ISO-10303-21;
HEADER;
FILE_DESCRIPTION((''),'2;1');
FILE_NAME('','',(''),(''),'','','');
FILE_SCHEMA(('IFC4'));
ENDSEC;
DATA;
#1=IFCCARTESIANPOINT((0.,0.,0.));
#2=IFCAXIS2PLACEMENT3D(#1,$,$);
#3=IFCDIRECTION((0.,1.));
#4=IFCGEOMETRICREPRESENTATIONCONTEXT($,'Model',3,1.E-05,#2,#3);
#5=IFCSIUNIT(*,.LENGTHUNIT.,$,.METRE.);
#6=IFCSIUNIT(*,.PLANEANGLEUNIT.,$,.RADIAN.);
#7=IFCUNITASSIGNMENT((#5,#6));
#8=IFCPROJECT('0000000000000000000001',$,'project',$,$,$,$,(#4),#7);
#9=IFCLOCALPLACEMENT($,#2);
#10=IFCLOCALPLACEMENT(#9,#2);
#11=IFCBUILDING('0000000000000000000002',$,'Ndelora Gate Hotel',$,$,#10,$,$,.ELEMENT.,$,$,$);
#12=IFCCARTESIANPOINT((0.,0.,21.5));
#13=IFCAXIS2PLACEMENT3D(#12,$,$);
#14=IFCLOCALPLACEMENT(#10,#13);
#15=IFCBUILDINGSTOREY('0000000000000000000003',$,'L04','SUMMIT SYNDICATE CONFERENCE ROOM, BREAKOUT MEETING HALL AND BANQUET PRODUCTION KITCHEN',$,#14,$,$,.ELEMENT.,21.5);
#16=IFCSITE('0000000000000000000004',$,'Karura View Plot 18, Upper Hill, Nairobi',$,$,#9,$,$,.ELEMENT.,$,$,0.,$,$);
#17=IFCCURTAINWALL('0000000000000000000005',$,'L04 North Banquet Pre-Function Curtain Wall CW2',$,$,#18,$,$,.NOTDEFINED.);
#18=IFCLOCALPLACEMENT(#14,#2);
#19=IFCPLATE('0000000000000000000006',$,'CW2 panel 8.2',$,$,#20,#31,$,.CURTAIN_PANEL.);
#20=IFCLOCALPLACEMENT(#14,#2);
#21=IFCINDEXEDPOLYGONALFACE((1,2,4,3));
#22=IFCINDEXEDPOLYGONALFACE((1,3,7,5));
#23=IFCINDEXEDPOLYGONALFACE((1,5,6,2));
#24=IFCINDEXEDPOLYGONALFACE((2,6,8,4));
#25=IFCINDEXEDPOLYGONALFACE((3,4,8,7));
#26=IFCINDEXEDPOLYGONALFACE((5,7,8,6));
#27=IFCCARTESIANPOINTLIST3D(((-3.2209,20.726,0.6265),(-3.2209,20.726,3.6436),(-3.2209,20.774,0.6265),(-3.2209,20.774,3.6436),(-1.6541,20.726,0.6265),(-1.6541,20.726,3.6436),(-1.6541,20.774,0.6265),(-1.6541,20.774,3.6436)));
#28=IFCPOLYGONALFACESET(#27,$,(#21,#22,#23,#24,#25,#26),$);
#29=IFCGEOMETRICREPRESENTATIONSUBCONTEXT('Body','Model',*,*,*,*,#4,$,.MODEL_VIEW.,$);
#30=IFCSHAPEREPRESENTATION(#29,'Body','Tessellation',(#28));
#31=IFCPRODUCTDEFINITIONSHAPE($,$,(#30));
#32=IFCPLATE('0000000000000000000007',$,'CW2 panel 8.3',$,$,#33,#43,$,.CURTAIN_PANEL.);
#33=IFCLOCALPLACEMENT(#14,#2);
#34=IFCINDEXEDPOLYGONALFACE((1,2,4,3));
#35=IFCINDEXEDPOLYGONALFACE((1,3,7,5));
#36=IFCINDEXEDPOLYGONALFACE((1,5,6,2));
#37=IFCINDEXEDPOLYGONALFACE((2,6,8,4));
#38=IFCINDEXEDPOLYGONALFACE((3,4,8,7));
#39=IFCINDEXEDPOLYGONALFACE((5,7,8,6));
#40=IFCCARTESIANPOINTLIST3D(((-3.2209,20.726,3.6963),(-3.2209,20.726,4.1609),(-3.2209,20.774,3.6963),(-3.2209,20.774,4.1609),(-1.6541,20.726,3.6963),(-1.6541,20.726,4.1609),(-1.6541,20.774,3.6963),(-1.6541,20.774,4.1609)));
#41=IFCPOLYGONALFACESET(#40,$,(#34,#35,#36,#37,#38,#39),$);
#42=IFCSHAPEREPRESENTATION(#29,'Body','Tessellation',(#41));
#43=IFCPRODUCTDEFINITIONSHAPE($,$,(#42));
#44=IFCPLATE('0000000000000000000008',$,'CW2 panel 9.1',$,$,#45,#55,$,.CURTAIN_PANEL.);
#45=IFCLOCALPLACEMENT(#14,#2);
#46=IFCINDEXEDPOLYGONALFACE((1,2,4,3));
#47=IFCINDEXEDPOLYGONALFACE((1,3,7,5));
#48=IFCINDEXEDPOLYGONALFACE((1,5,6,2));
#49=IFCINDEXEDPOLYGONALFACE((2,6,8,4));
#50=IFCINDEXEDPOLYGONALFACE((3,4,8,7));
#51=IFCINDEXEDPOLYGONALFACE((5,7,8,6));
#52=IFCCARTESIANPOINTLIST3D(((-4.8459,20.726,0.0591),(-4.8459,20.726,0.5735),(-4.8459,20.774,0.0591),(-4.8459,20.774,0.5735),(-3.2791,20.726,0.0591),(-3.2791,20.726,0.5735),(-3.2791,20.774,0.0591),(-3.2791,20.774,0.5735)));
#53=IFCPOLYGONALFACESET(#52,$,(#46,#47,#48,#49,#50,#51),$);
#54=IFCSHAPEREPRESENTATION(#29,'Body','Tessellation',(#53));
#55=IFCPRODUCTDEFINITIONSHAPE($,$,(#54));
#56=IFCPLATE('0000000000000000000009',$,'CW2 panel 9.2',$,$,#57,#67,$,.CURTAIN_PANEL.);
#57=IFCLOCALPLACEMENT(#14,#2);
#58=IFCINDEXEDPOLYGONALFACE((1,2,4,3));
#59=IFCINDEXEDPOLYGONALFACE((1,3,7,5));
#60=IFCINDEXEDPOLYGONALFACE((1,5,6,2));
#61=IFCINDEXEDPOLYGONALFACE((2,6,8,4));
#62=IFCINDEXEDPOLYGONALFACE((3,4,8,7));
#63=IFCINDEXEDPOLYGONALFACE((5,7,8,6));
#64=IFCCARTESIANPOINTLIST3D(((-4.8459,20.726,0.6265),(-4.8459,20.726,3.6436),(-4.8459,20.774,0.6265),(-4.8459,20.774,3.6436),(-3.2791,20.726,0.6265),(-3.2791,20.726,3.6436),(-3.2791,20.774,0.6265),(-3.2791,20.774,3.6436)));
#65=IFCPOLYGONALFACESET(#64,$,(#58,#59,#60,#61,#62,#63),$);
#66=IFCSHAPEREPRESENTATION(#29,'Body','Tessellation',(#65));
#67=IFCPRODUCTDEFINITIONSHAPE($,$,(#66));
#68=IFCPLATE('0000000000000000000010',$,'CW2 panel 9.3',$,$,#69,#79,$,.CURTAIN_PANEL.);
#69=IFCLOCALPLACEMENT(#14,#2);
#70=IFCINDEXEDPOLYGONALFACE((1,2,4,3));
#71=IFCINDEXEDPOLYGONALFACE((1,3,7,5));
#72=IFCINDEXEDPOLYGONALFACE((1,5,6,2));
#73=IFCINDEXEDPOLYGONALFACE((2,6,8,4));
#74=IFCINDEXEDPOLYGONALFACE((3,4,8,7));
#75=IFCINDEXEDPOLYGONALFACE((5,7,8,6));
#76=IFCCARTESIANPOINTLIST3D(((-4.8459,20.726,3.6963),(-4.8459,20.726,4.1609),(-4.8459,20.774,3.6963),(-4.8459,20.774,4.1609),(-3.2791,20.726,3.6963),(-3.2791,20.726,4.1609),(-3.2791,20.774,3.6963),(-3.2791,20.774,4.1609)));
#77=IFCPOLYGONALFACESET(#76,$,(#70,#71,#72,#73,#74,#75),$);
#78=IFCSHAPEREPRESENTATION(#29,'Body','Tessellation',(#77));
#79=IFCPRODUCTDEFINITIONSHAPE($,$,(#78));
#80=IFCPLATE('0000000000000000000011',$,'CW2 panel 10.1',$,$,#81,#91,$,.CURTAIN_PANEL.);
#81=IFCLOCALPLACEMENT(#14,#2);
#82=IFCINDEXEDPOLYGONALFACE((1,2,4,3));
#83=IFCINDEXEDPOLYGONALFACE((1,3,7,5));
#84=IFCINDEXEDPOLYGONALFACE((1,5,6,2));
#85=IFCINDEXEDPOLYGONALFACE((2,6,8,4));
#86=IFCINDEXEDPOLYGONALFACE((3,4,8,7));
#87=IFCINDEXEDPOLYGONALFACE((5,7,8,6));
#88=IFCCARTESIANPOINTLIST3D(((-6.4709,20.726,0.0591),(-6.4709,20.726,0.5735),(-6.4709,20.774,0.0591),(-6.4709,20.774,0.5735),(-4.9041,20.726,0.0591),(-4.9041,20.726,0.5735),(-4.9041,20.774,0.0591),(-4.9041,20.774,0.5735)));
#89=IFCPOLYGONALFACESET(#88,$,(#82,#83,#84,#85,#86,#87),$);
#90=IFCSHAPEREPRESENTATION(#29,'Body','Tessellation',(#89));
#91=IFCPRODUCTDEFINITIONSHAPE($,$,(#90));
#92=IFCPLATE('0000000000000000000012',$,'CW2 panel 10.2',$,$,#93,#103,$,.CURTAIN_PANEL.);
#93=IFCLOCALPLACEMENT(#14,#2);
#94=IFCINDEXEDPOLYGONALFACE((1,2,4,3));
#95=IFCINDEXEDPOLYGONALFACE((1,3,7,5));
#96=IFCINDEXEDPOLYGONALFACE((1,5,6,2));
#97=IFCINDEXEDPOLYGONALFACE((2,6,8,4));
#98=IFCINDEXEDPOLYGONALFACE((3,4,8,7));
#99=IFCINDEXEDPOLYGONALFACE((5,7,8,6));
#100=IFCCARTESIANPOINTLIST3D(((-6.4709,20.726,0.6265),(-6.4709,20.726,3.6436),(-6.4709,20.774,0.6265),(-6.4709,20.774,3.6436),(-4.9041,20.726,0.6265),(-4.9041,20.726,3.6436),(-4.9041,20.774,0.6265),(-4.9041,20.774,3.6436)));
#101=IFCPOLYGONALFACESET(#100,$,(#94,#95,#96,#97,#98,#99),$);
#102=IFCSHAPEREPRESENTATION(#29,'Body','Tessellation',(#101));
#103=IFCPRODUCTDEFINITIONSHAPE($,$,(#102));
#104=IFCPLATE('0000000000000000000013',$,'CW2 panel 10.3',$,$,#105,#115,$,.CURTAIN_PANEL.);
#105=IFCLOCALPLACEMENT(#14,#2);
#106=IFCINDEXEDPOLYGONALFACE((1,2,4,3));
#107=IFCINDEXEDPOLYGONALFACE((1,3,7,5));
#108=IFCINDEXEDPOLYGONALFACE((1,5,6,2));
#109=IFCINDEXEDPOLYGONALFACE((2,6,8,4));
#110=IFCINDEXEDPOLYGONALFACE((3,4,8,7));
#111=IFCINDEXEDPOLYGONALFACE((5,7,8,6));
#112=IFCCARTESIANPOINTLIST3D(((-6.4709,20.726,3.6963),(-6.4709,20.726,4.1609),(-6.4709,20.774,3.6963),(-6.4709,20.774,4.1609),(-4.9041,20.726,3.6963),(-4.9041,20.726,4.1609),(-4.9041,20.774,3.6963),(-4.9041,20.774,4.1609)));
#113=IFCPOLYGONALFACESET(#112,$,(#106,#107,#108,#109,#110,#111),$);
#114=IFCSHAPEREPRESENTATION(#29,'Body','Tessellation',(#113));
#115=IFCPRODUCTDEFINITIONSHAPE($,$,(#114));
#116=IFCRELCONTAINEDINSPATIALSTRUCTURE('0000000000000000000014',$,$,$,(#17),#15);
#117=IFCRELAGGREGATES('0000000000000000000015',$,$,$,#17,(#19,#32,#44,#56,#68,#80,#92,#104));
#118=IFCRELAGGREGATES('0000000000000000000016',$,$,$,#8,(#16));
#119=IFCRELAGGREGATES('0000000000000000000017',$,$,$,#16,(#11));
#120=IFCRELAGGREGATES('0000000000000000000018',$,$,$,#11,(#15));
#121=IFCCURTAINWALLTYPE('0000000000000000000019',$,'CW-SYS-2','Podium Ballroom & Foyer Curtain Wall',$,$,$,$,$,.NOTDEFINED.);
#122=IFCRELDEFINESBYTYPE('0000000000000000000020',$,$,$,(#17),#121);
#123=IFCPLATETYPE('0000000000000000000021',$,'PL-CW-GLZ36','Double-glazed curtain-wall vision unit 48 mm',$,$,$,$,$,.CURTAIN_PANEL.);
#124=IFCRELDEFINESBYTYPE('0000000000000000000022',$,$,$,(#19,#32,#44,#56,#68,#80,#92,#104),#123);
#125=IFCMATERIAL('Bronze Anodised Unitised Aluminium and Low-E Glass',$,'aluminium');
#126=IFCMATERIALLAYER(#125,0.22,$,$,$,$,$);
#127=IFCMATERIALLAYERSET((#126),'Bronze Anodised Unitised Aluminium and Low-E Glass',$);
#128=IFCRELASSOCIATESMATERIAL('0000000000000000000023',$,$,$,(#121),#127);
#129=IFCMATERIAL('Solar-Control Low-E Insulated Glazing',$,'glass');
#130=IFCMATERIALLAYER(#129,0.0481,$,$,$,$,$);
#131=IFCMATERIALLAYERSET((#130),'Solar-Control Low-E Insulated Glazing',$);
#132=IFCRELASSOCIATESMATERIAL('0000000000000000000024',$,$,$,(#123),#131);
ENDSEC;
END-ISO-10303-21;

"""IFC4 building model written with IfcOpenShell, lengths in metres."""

from ifc_helpers import new_model, si_unit, direction, frame, origin, origin_2d, place, context, subcontext, project, spatial, rectangle, extrude, material, layer, layer_set, type_object, element, aggregate, save


model = new_model("IFC4")

# Units and contexts
model_context = context("Model", 3, precision=1e-05, world=origin(), true_north=direction((0.0, 1.0)))
body_context = subcontext(model_context, "Body", "Model", "MODEL_VIEW")
ifc_project = project(units=[si_unit("LENGTHUNIT", "METRE"), si_unit("PLANEANGLEUNIT", "RADIAN")], contexts=[model_context])

# Site, building, storey
site_placement = place(None, origin())
site = spatial("IfcSite", under=ifc_project, at=site_placement, Name="Karura View Plot 18, Upper Hill, Nairobi", CompositionType="ELEMENT", RefElevation=0.0)
building_placement = place(site_placement, origin())
building = spatial("IfcBuilding", under=site, at=building_placement, Name="Ndelora Gate Hotel", CompositionType="ELEMENT")
storey_placement = place(building_placement, frame((0.0, 0.0, 21.5)))
storey = spatial("IfcBuildingStorey", under=building, at=storey_placement, Name="L04", Description="SUMMIT SYNDICATE CONFERENCE ROOM, BREAKOUT MEETING HALL AND BANQUET PRODUCTION KITCHEN", CompositionType="ELEMENT", Elevation=21.5)

# Curtain wall, plates
ifc_material_1 = material(Name="Bronze Anodised Unitised Aluminium and Low-E Glass", Category="aluminium")
ifc_layer_1 = layer(ifc_material_1, 0.22)
ifc_layer_set_1 = layer_set([ifc_layer_1], Name="Bronze Anodised Unitised Aluminium and Low-E Glass")
curtain_wall_type = type_object("IfcCurtainWallType", Name="CW-SYS-2", Description="Podium Ballroom & Foyer Curtain Wall", PredefinedType="NOTDEFINED", material=ifc_layer_set_1)
curtain_wall_placement = place(storey_placement, origin())
curtain_wall = element("IfcCurtainWall", 1, at=curtain_wall_placement, inside=storey, type_object=curtain_wall_type, Name="L04 North Banquet Pre-Function Curtain Wall CW2", PredefinedType="NOTDEFINED")
ifc_material_2 = material(Name="Solar-Control Low-E Insulated Glazing", Category="glass")
ifc_layer_2 = layer(ifc_material_2, 0.0481)
ifc_layer_set_2 = layer_set([ifc_layer_2], Name="Solar-Control Low-E Insulated Glazing")
plate_type = type_object("IfcPlateType", Name="PL-CW-GLZ36", Description="Double-glazed curtain-wall vision unit 48 mm", PredefinedType="CURTAIN_PANEL", material=ifc_layer_set_2)
plate_1_placement = place(storey_placement, frame((-2.4375, 20.75, 0.6265), z_axis=(0.0, 0.0, 1.0), x_axis=(-1.0, 0.0, 0.0)))
plate_1 = element("IfcPlate", 2, at=plate_1_placement, type_object=plate_type, Name="CW2 panel 8.2", PredefinedType="CURTAIN_PANEL", context=body_context, shape_type="SweptSolid", body=[
    extrude(rectangle(XDim=1.5669, YDim=0.0481, at=origin_2d()), origin(), (0.0, 0.0, 1.0), 3.0171),
])
plate_2_placement = place(storey_placement, frame((-2.4375, 20.75, 3.6963), z_axis=(0.0, 0.0, 1.0), x_axis=(-1.0, 0.0, 0.0)))
plate_2 = element("IfcPlate", 3, at=plate_2_placement, type_object=plate_type, Name="CW2 panel 8.3", PredefinedType="CURTAIN_PANEL", context=body_context, shape_type="SweptSolid", body=[
    extrude(rectangle(XDim=1.5669, YDim=0.0481, at=origin_2d()), origin(), (0.0, 0.0, 1.0), 0.4646),
])
plate_3_placement = place(storey_placement, frame((-4.0625, 20.75, 0.0591), z_axis=(0.0, 0.0, 1.0), x_axis=(-1.0, 0.0, 0.0)))
plate_3 = element("IfcPlate", 4, at=plate_3_placement, type_object=plate_type, Name="CW2 panel 9.1", PredefinedType="CURTAIN_PANEL", context=body_context, shape_type="SweptSolid", body=[
    extrude(rectangle(XDim=1.5669, YDim=0.0481, at=origin_2d()), origin(), (0.0, 0.0, 1.0), 0.5144),
])
plate_4_placement = place(storey_placement, frame((-4.0625, 20.75, 0.6265), z_axis=(0.0, 0.0, 1.0), x_axis=(-1.0, 0.0, 0.0)))
plate_4 = element("IfcPlate", 5, at=plate_4_placement, type_object=plate_type, Name="CW2 panel 9.2", PredefinedType="CURTAIN_PANEL", context=body_context, shape_type="SweptSolid", body=[
    extrude(rectangle(XDim=1.5669, YDim=0.0481, at=origin_2d()), origin(), (0.0, 0.0, 1.0), 3.0171),
])
plate_5_placement = place(storey_placement, frame((-4.0625, 20.75, 3.6963), z_axis=(0.0, 0.0, 1.0), x_axis=(-1.0, 0.0, 0.0)))
plate_5 = element("IfcPlate", 6, at=plate_5_placement, type_object=plate_type, Name="CW2 panel 9.3", PredefinedType="CURTAIN_PANEL", context=body_context, shape_type="SweptSolid", body=[
    extrude(rectangle(XDim=1.5669, YDim=0.0481, at=origin_2d()), origin(), (0.0, 0.0, 1.0), 0.4646),
])
plate_6_placement = place(storey_placement, frame((-5.6875, 20.75, 0.0591), z_axis=(0.0, 0.0, 1.0), x_axis=(-1.0, 0.0, 0.0)))
plate_6 = element("IfcPlate", 7, at=plate_6_placement, type_object=plate_type, Name="CW2 panel 10.1", PredefinedType="CURTAIN_PANEL", context=body_context, shape_type="SweptSolid", body=[
    extrude(rectangle(XDim=1.5669, YDim=0.0481, at=origin_2d()), origin(), (0.0, 0.0, 1.0), 0.5144),
])
plate_7_placement = place(storey_placement, frame((-5.6875, 20.75, 0.6265), z_axis=(0.0, 0.0, 1.0), x_axis=(-1.0, 0.0, 0.0)))
plate_7 = element("IfcPlate", 8, at=plate_7_placement, type_object=plate_type, Name="CW2 panel 10.2", PredefinedType="CURTAIN_PANEL", context=body_context, shape_type="SweptSolid", body=[
    extrude(rectangle(XDim=1.5669, YDim=0.0481, at=origin_2d()), origin(), (0.0, 0.0, 1.0), 3.0171),
])
plate_8_placement = place(storey_placement, frame((-5.6875, 20.75, 3.6963), z_axis=(0.0, 0.0, 1.0), x_axis=(-1.0, 0.0, 0.0)))
plate_8 = element("IfcPlate", 9, at=plate_8_placement, type_object=plate_type, Name="CW2 panel 10.3", PredefinedType="CURTAIN_PANEL", context=body_context, shape_type="SweptSolid", body=[
    extrude(rectangle(XDim=1.5669, YDim=0.0481, at=origin_2d()), origin(), (0.0, 0.0, 1.0), 0.4646),
])
aggregate(curtain_wall, [plate_1, plate_2, plate_3, plate_4, plate_5, plate_6, plate_7, plate_8])

save(model, "model.ifc")
